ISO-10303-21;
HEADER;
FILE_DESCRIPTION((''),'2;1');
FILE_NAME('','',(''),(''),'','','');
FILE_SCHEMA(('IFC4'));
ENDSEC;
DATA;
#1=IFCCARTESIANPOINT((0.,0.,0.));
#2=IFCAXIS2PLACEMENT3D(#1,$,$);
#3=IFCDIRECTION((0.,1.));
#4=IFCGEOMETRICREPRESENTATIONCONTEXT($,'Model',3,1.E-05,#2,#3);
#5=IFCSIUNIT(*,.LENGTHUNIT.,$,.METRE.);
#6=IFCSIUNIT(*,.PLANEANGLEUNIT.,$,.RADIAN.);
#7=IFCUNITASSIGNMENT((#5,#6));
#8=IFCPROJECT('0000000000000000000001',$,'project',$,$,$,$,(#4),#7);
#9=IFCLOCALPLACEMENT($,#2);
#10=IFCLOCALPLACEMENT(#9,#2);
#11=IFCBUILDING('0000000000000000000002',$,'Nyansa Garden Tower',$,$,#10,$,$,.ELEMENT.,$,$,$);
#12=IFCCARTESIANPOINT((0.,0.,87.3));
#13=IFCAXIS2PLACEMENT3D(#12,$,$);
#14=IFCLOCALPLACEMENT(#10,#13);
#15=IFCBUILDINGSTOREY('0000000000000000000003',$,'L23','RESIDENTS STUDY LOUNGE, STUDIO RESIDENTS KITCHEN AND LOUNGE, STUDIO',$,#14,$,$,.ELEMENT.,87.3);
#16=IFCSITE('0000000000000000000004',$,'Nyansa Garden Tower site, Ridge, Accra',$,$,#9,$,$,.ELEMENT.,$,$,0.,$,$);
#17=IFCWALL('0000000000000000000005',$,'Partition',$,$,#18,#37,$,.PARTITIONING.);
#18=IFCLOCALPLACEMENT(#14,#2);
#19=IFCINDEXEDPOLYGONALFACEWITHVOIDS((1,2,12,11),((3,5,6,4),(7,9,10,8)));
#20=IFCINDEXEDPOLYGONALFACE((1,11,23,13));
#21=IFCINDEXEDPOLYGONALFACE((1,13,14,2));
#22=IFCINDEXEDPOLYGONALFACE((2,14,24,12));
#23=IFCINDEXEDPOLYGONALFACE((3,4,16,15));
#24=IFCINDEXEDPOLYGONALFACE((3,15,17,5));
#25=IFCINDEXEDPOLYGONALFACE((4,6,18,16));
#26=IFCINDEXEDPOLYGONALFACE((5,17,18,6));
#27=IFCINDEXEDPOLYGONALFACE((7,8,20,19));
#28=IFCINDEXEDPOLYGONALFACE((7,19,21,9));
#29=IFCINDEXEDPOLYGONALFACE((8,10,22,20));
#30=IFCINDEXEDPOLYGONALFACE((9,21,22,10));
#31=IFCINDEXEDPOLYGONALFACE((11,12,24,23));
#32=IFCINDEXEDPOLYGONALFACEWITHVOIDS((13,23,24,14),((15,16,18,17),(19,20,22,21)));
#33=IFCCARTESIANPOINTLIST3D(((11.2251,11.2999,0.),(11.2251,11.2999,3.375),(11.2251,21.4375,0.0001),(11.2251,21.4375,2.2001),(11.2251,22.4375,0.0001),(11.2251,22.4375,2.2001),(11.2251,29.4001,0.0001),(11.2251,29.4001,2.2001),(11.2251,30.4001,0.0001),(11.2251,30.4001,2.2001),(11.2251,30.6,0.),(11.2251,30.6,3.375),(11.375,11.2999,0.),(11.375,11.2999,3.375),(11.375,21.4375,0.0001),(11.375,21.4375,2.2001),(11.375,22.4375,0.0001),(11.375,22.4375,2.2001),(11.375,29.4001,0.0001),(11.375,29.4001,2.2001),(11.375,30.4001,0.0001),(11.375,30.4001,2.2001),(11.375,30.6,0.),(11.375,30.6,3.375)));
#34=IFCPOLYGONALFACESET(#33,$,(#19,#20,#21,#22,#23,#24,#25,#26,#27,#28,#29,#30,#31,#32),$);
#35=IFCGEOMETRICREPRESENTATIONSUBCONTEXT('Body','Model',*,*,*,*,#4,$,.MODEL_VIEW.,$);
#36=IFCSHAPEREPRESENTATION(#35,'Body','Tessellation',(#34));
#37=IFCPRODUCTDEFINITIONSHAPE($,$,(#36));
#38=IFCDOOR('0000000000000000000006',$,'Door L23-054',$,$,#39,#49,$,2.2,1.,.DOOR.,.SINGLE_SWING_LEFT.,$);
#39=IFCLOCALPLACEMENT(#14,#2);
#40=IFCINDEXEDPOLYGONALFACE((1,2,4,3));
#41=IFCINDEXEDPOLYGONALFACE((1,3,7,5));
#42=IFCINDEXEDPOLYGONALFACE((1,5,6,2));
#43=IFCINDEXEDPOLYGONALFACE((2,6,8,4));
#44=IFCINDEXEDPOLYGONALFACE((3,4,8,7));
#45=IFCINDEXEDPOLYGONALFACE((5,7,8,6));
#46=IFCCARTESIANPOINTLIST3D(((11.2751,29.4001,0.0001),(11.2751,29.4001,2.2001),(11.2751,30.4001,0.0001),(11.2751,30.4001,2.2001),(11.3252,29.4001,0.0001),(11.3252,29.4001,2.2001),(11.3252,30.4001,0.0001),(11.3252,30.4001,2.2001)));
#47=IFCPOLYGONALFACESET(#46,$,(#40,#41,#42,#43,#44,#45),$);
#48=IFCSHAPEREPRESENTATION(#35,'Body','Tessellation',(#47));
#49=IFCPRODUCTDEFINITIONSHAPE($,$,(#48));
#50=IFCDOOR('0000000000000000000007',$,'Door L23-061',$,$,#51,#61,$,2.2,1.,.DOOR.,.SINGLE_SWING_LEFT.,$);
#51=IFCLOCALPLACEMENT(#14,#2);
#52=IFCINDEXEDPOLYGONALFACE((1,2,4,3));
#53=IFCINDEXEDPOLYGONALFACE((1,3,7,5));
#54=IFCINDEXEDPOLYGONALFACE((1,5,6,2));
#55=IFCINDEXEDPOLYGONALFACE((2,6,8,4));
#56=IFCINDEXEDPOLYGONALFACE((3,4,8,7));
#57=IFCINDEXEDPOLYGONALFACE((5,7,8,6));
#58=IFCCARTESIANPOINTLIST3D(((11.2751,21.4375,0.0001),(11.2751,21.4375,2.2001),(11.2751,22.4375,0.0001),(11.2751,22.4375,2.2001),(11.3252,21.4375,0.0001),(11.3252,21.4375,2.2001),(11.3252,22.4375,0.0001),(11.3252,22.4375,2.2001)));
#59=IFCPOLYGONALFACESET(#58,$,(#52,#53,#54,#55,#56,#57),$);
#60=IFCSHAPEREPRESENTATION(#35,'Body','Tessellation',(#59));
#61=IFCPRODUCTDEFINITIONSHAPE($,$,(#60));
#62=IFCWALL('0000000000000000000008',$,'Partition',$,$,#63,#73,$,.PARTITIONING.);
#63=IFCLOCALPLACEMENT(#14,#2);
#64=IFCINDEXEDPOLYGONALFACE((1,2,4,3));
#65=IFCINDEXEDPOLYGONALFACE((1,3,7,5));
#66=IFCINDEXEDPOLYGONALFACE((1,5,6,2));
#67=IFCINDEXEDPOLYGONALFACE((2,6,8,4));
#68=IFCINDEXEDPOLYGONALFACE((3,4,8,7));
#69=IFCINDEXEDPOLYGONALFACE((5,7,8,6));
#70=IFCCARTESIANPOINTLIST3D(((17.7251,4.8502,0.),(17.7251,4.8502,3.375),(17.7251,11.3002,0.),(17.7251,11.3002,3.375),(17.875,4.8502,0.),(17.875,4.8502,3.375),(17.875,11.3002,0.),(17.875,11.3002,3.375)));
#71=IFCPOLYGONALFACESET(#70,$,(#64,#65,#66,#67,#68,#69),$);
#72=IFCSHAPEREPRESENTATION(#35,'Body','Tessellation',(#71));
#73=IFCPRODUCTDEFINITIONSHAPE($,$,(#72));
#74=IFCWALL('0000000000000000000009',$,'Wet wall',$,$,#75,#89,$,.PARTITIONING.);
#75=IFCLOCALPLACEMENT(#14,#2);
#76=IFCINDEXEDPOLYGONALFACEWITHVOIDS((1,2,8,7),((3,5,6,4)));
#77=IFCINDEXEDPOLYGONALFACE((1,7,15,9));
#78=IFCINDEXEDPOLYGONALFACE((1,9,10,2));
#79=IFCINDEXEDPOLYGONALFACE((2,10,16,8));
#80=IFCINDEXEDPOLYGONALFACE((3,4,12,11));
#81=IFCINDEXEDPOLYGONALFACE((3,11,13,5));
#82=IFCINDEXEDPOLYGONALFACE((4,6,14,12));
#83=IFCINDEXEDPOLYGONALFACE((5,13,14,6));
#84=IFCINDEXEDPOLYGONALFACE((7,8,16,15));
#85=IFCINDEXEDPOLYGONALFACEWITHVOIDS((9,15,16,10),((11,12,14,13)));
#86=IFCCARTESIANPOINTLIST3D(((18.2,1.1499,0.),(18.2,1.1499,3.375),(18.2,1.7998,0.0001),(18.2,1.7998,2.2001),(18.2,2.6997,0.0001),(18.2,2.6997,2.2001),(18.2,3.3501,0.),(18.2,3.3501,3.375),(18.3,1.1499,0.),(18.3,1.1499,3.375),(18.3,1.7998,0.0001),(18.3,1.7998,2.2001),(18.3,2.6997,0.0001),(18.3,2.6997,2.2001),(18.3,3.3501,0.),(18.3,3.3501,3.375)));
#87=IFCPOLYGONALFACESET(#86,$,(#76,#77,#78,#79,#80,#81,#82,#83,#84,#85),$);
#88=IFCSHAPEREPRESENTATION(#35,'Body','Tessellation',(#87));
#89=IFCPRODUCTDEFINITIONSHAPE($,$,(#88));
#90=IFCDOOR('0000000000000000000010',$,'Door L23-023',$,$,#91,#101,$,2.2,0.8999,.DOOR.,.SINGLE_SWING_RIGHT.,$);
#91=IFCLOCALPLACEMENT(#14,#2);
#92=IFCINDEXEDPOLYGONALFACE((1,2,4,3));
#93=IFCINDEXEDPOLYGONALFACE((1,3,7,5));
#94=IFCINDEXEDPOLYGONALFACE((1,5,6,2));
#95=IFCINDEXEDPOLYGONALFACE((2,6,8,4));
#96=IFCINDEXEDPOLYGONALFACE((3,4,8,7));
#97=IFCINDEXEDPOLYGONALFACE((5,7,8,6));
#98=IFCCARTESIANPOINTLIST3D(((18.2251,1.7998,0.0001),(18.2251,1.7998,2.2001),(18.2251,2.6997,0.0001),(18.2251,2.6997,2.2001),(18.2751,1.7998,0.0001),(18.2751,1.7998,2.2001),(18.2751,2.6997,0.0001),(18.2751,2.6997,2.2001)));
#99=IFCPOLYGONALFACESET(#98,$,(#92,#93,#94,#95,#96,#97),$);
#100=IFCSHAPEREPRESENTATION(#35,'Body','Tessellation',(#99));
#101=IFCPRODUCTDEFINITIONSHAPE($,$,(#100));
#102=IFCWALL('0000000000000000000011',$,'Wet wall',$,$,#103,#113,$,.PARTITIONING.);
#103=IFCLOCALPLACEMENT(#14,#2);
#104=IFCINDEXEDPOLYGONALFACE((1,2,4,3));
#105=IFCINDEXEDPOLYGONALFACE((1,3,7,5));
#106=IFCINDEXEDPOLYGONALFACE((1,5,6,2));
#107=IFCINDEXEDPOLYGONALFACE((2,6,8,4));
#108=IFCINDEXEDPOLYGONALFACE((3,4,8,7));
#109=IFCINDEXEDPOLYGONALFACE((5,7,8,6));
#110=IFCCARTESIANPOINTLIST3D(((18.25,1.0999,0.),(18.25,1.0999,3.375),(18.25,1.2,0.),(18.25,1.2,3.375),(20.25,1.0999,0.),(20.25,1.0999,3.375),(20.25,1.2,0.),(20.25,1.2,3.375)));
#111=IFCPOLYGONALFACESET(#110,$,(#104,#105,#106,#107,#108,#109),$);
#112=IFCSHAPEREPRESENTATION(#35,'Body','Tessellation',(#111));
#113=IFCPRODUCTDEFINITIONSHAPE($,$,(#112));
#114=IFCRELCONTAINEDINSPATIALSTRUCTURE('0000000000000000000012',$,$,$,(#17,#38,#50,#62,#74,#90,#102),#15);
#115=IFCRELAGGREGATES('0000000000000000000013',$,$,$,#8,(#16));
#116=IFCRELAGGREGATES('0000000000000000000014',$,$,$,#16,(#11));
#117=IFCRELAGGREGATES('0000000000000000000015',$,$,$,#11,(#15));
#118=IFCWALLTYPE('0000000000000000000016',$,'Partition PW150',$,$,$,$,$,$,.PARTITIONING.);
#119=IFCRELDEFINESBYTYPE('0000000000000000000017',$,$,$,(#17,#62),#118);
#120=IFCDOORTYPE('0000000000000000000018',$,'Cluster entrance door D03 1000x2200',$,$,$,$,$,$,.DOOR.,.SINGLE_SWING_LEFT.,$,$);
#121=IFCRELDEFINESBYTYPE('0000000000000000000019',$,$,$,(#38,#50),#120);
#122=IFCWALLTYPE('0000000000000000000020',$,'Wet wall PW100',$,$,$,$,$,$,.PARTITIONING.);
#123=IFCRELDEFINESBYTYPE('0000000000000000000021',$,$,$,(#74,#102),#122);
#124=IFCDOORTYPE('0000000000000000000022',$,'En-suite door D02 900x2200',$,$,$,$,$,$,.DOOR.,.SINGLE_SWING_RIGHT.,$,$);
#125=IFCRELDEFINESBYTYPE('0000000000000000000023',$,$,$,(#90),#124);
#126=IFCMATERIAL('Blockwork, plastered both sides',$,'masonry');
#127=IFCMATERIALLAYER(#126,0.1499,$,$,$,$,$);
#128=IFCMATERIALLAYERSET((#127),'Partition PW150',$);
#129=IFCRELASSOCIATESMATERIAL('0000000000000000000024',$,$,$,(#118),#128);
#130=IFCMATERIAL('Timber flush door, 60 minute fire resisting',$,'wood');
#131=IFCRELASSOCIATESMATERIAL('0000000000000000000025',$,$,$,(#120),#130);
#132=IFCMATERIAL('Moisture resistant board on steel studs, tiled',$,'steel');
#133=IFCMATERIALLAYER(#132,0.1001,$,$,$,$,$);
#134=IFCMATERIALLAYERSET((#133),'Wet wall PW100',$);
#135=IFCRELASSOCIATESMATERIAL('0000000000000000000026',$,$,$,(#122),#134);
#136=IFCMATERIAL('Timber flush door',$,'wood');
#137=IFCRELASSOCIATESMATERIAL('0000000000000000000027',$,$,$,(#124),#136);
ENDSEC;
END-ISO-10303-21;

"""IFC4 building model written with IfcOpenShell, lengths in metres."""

from ifc_helpers import new_model, si_unit, direction, frame, frame_2d, origin, place, context, subcontext, project, spatial, rectangle, extrude, material, layer, layer_set, type_object, element, fill, save


model = new_model("IFC4")

# Units and contexts
model_context = context("Model", 3, precision=1e-05, world=origin(), true_north=direction((0.0, 1.0)))
body_context = subcontext(model_context, "Body", "Model", "MODEL_VIEW")
ifc_project = project(units=[si_unit("LENGTHUNIT", "METRE"), si_unit("PLANEANGLEUNIT", "RADIAN")], contexts=[model_context])

# Site, building, storey
site_placement = place(None, origin())
site = spatial("IfcSite", under=ifc_project, at=site_placement, Name="Nyansa Garden Tower site, Ridge, Accra", CompositionType="ELEMENT", RefElevation=0.0)
building_placement = place(site_placement, origin())
building = spatial("IfcBuilding", under=site, at=building_placement, Name="Nyansa Garden Tower", CompositionType="ELEMENT")
storey_placement = place(building_placement, frame((0.0, 0.0, 87.3)))
storey = spatial("IfcBuildingStorey", under=building, at=storey_placement, Name="L23", Description="RESIDENTS STUDY LOUNGE, STUDIO RESIDENTS KITCHEN AND LOUNGE, STUDIO", CompositionType="ELEMENT", Elevation=87.3)

# Wall, openings, doors
ifc_material_1 = material(Name="Blockwork, plastered both sides", Category="masonry")
ifc_layer_1 = layer(ifc_material_1, 0.1499)
ifc_layer_set_1 = layer_set([ifc_layer_1], Name="Partition PW150")
wall_type_1 = type_object("IfcWallType", Name="Partition PW150", PredefinedType="PARTITIONING", material=ifc_layer_set_1)
wall_1_placement = place(storey_placement, frame((11.3, 11.3, 0.0), z_axis=(0.0, 0.0, 1.0), x_axis=(0.0, 1.0, 0.0)))
wall_1 = element("IfcWall", 1, at=wall_1_placement, inside=storey, type_object=wall_type_1, Name="Partition", PredefinedType="PARTITIONING", context=body_context, shape_type="SweptSolid", body=[
    extrude(rectangle(XDim=19.3, YDim=0.1499, at=frame_2d((9.6499, 0.0))), origin(), (0.0, 0.0, 1.0), 3.375),
])
opening_1_placement = place(wall_1_placement, frame((18.1001, 0.0, 0.0)))
opening_1 = element("IfcOpeningElement", 2, at=opening_1_placement, cuts=wall_1, PredefinedType="OPENING", context=body_context, shape_type="SweptSolid", body=[
    extrude(rectangle(XDim=1.0, YDim=2.2, at=frame_2d((0.5, 1.1001))), frame((0.0, 0.085, 0.0), z_axis=(0.0, -1.0, 0.0), x_axis=(1.0, 0.0, 0.0)), (0.0, 0.0, 1.0), 0.1699),
])
opening_2_placement = place(wall_1_placement, frame((10.1375, 0.0, 0.0)))
opening_2 = element("IfcOpeningElement", 3, at=opening_2_placement, cuts=wall_1, PredefinedType="OPENING", context=body_context, shape_type="SweptSolid", body=[
    extrude(rectangle(XDim=1.0, YDim=2.2, at=frame_2d((0.5, 1.1001))), frame((0.0, 0.085, 0.0), z_axis=(0.0, -1.0, 0.0), x_axis=(1.0, 0.0, 0.0)), (0.0, 0.0, 1.0), 0.1699),
])
ifc_material_2 = material(Name="Timber flush door, 60 minute fire resisting", Category="wood")
door_type_1 = type_object("IfcDoorType", Name="Cluster entrance door D03 1000x2200", OperationType="SINGLE_SWING_LEFT", PredefinedType="DOOR", material=ifc_material_2)
door_1_placement = place(opening_1_placement, origin())
door_1 = element("IfcDoor", 4, at=door_1_placement, inside=storey, type_object=door_type_1, Name="Door L23-054", OperationType="SINGLE_SWING_LEFT", OverallHeight=2.2, OverallWidth=1.0, PredefinedType="DOOR", context=body_context, shape_type="SweptSolid", body=[
    extrude(rectangle(XDim=1.0, YDim=2.2, at=frame_2d((0.5, 1.1001))), frame((0.0, 0.0249, 0.0), z_axis=(0.0, -1.0, 0.0), x_axis=(1.0, 0.0, 0.0)), (0.0, 0.0, 1.0), 0.05),
])
fill(opening_1, door_1)
door_2_placement = place(opening_2_placement, origin())
door_2 = element("IfcDoor", 5, at=door_2_placement, inside=storey, type_object=door_type_1, Name="Door L23-061", OperationType="SINGLE_SWING_LEFT", OverallHeight=2.2, OverallWidth=1.0, PredefinedType="DOOR", context=body_context, shape_type="SweptSolid", body=[
    extrude(rectangle(XDim=1.0, YDim=2.2, at=frame_2d((0.5, 1.1001))), frame((0.0, 0.0249, 0.0), z_axis=(0.0, -1.0, 0.0), x_axis=(1.0, 0.0, 0.0)), (0.0, 0.0, 1.0), 0.05),
])
fill(opening_2, door_2)

# Wall
wall_2_placement = place(storey_placement, frame((17.8, 4.8501, 0.0), z_axis=(0.0, 0.0, 1.0), x_axis=(0.0, 1.0, 0.0)))
element("IfcWall", 6, at=wall_2_placement, inside=storey, type_object=wall_type_1, Name="Partition", PredefinedType="PARTITIONING", context=body_context, shape_type="SweptSolid", body=[
    extrude(rectangle(XDim=6.45, YDim=0.1499, at=frame_2d((3.2251, 0.0))), origin(), (0.0, 0.0, 1.0), 3.375),
])

# Wall, opening, door
ifc_material_3 = material(Name="Moisture resistant board on steel studs, tiled", Category="steel")
ifc_layer_2 = layer(ifc_material_3, 0.1001)
ifc_layer_set_2 = layer_set([ifc_layer_2], Name="Wet wall PW100")
wall_type_2 = type_object("IfcWallType", Name="Wet wall PW100", PredefinedType="PARTITIONING", material=ifc_layer_set_2)
wall_3_placement = place(storey_placement, frame((18.25, 1.1499, 0.0), z_axis=(0.0, 0.0, 1.0), x_axis=(0.0, 1.0, 0.0)))
wall_3 = element("IfcWall", 7, at=wall_3_placement, inside=storey, type_object=wall_type_2, Name="Wet wall", PredefinedType="PARTITIONING", context=body_context, shape_type="SweptSolid", body=[
    extrude(rectangle(XDim=2.2002, YDim=0.1001, at=frame_2d((1.1001, 0.0))), origin(), (0.0, 0.0, 1.0), 3.375),
])
opening_3_placement = place(wall_3_placement, frame((0.6499, 0.0, 0.0)))
opening_3 = element("IfcOpeningElement", 8, at=opening_3_placement, cuts=wall_3, PredefinedType="OPENING", context=body_context, shape_type="SweptSolid", body=[
    extrude(rectangle(XDim=0.8999, YDim=2.2, at=frame_2d((0.45, 1.1001))), frame((0.0, 0.0601, 0.0), z_axis=(0.0, -1.0, 0.0), x_axis=(1.0, 0.0, 0.0)), (0.0, 0.0, 1.0), 0.1201),
])
ifc_material_4 = material(Name="Timber flush door", Category="wood")
door_type_2 = type_object("IfcDoorType", Name="En-suite door D02 900x2200", OperationType="SINGLE_SWING_RIGHT", PredefinedType="DOOR", material=ifc_material_4)
door_3_placement = place(opening_3_placement, origin())
door_3 = element("IfcDoor", 9, at=door_3_placement, inside=storey, type_object=door_type_2, Name="Door L23-023", OperationType="SINGLE_SWING_RIGHT", OverallHeight=2.2, OverallWidth=0.8999, PredefinedType="DOOR", context=body_context, shape_type="SweptSolid", body=[
    extrude(rectangle(XDim=0.8999, YDim=2.2, at=frame_2d((0.45, 1.1001))), frame((0.0, 0.0249, 0.0), z_axis=(0.0, -1.0, 0.0), x_axis=(1.0, 0.0, 0.0)), (0.0, 0.0, 1.0), 0.05),
])
fill(opening_3, door_3)

# Wall
wall_4_placement = place(storey_placement, frame((18.25, 1.1499, 0.0), z_axis=(0.0, 0.0, 1.0), x_axis=(1.0, 0.0, 0.0)))
element("IfcWall", 10, at=wall_4_placement, inside=storey, type_object=wall_type_2, Name="Wet wall", PredefinedType="PARTITIONING", context=body_context, shape_type="SweptSolid", body=[
    extrude(rectangle(XDim=2.0, YDim=0.1001, at=frame_2d((1.0, 0.0))), origin(), (0.0, 0.0, 1.0), 3.375),
])

save(model, "model.ifc")
